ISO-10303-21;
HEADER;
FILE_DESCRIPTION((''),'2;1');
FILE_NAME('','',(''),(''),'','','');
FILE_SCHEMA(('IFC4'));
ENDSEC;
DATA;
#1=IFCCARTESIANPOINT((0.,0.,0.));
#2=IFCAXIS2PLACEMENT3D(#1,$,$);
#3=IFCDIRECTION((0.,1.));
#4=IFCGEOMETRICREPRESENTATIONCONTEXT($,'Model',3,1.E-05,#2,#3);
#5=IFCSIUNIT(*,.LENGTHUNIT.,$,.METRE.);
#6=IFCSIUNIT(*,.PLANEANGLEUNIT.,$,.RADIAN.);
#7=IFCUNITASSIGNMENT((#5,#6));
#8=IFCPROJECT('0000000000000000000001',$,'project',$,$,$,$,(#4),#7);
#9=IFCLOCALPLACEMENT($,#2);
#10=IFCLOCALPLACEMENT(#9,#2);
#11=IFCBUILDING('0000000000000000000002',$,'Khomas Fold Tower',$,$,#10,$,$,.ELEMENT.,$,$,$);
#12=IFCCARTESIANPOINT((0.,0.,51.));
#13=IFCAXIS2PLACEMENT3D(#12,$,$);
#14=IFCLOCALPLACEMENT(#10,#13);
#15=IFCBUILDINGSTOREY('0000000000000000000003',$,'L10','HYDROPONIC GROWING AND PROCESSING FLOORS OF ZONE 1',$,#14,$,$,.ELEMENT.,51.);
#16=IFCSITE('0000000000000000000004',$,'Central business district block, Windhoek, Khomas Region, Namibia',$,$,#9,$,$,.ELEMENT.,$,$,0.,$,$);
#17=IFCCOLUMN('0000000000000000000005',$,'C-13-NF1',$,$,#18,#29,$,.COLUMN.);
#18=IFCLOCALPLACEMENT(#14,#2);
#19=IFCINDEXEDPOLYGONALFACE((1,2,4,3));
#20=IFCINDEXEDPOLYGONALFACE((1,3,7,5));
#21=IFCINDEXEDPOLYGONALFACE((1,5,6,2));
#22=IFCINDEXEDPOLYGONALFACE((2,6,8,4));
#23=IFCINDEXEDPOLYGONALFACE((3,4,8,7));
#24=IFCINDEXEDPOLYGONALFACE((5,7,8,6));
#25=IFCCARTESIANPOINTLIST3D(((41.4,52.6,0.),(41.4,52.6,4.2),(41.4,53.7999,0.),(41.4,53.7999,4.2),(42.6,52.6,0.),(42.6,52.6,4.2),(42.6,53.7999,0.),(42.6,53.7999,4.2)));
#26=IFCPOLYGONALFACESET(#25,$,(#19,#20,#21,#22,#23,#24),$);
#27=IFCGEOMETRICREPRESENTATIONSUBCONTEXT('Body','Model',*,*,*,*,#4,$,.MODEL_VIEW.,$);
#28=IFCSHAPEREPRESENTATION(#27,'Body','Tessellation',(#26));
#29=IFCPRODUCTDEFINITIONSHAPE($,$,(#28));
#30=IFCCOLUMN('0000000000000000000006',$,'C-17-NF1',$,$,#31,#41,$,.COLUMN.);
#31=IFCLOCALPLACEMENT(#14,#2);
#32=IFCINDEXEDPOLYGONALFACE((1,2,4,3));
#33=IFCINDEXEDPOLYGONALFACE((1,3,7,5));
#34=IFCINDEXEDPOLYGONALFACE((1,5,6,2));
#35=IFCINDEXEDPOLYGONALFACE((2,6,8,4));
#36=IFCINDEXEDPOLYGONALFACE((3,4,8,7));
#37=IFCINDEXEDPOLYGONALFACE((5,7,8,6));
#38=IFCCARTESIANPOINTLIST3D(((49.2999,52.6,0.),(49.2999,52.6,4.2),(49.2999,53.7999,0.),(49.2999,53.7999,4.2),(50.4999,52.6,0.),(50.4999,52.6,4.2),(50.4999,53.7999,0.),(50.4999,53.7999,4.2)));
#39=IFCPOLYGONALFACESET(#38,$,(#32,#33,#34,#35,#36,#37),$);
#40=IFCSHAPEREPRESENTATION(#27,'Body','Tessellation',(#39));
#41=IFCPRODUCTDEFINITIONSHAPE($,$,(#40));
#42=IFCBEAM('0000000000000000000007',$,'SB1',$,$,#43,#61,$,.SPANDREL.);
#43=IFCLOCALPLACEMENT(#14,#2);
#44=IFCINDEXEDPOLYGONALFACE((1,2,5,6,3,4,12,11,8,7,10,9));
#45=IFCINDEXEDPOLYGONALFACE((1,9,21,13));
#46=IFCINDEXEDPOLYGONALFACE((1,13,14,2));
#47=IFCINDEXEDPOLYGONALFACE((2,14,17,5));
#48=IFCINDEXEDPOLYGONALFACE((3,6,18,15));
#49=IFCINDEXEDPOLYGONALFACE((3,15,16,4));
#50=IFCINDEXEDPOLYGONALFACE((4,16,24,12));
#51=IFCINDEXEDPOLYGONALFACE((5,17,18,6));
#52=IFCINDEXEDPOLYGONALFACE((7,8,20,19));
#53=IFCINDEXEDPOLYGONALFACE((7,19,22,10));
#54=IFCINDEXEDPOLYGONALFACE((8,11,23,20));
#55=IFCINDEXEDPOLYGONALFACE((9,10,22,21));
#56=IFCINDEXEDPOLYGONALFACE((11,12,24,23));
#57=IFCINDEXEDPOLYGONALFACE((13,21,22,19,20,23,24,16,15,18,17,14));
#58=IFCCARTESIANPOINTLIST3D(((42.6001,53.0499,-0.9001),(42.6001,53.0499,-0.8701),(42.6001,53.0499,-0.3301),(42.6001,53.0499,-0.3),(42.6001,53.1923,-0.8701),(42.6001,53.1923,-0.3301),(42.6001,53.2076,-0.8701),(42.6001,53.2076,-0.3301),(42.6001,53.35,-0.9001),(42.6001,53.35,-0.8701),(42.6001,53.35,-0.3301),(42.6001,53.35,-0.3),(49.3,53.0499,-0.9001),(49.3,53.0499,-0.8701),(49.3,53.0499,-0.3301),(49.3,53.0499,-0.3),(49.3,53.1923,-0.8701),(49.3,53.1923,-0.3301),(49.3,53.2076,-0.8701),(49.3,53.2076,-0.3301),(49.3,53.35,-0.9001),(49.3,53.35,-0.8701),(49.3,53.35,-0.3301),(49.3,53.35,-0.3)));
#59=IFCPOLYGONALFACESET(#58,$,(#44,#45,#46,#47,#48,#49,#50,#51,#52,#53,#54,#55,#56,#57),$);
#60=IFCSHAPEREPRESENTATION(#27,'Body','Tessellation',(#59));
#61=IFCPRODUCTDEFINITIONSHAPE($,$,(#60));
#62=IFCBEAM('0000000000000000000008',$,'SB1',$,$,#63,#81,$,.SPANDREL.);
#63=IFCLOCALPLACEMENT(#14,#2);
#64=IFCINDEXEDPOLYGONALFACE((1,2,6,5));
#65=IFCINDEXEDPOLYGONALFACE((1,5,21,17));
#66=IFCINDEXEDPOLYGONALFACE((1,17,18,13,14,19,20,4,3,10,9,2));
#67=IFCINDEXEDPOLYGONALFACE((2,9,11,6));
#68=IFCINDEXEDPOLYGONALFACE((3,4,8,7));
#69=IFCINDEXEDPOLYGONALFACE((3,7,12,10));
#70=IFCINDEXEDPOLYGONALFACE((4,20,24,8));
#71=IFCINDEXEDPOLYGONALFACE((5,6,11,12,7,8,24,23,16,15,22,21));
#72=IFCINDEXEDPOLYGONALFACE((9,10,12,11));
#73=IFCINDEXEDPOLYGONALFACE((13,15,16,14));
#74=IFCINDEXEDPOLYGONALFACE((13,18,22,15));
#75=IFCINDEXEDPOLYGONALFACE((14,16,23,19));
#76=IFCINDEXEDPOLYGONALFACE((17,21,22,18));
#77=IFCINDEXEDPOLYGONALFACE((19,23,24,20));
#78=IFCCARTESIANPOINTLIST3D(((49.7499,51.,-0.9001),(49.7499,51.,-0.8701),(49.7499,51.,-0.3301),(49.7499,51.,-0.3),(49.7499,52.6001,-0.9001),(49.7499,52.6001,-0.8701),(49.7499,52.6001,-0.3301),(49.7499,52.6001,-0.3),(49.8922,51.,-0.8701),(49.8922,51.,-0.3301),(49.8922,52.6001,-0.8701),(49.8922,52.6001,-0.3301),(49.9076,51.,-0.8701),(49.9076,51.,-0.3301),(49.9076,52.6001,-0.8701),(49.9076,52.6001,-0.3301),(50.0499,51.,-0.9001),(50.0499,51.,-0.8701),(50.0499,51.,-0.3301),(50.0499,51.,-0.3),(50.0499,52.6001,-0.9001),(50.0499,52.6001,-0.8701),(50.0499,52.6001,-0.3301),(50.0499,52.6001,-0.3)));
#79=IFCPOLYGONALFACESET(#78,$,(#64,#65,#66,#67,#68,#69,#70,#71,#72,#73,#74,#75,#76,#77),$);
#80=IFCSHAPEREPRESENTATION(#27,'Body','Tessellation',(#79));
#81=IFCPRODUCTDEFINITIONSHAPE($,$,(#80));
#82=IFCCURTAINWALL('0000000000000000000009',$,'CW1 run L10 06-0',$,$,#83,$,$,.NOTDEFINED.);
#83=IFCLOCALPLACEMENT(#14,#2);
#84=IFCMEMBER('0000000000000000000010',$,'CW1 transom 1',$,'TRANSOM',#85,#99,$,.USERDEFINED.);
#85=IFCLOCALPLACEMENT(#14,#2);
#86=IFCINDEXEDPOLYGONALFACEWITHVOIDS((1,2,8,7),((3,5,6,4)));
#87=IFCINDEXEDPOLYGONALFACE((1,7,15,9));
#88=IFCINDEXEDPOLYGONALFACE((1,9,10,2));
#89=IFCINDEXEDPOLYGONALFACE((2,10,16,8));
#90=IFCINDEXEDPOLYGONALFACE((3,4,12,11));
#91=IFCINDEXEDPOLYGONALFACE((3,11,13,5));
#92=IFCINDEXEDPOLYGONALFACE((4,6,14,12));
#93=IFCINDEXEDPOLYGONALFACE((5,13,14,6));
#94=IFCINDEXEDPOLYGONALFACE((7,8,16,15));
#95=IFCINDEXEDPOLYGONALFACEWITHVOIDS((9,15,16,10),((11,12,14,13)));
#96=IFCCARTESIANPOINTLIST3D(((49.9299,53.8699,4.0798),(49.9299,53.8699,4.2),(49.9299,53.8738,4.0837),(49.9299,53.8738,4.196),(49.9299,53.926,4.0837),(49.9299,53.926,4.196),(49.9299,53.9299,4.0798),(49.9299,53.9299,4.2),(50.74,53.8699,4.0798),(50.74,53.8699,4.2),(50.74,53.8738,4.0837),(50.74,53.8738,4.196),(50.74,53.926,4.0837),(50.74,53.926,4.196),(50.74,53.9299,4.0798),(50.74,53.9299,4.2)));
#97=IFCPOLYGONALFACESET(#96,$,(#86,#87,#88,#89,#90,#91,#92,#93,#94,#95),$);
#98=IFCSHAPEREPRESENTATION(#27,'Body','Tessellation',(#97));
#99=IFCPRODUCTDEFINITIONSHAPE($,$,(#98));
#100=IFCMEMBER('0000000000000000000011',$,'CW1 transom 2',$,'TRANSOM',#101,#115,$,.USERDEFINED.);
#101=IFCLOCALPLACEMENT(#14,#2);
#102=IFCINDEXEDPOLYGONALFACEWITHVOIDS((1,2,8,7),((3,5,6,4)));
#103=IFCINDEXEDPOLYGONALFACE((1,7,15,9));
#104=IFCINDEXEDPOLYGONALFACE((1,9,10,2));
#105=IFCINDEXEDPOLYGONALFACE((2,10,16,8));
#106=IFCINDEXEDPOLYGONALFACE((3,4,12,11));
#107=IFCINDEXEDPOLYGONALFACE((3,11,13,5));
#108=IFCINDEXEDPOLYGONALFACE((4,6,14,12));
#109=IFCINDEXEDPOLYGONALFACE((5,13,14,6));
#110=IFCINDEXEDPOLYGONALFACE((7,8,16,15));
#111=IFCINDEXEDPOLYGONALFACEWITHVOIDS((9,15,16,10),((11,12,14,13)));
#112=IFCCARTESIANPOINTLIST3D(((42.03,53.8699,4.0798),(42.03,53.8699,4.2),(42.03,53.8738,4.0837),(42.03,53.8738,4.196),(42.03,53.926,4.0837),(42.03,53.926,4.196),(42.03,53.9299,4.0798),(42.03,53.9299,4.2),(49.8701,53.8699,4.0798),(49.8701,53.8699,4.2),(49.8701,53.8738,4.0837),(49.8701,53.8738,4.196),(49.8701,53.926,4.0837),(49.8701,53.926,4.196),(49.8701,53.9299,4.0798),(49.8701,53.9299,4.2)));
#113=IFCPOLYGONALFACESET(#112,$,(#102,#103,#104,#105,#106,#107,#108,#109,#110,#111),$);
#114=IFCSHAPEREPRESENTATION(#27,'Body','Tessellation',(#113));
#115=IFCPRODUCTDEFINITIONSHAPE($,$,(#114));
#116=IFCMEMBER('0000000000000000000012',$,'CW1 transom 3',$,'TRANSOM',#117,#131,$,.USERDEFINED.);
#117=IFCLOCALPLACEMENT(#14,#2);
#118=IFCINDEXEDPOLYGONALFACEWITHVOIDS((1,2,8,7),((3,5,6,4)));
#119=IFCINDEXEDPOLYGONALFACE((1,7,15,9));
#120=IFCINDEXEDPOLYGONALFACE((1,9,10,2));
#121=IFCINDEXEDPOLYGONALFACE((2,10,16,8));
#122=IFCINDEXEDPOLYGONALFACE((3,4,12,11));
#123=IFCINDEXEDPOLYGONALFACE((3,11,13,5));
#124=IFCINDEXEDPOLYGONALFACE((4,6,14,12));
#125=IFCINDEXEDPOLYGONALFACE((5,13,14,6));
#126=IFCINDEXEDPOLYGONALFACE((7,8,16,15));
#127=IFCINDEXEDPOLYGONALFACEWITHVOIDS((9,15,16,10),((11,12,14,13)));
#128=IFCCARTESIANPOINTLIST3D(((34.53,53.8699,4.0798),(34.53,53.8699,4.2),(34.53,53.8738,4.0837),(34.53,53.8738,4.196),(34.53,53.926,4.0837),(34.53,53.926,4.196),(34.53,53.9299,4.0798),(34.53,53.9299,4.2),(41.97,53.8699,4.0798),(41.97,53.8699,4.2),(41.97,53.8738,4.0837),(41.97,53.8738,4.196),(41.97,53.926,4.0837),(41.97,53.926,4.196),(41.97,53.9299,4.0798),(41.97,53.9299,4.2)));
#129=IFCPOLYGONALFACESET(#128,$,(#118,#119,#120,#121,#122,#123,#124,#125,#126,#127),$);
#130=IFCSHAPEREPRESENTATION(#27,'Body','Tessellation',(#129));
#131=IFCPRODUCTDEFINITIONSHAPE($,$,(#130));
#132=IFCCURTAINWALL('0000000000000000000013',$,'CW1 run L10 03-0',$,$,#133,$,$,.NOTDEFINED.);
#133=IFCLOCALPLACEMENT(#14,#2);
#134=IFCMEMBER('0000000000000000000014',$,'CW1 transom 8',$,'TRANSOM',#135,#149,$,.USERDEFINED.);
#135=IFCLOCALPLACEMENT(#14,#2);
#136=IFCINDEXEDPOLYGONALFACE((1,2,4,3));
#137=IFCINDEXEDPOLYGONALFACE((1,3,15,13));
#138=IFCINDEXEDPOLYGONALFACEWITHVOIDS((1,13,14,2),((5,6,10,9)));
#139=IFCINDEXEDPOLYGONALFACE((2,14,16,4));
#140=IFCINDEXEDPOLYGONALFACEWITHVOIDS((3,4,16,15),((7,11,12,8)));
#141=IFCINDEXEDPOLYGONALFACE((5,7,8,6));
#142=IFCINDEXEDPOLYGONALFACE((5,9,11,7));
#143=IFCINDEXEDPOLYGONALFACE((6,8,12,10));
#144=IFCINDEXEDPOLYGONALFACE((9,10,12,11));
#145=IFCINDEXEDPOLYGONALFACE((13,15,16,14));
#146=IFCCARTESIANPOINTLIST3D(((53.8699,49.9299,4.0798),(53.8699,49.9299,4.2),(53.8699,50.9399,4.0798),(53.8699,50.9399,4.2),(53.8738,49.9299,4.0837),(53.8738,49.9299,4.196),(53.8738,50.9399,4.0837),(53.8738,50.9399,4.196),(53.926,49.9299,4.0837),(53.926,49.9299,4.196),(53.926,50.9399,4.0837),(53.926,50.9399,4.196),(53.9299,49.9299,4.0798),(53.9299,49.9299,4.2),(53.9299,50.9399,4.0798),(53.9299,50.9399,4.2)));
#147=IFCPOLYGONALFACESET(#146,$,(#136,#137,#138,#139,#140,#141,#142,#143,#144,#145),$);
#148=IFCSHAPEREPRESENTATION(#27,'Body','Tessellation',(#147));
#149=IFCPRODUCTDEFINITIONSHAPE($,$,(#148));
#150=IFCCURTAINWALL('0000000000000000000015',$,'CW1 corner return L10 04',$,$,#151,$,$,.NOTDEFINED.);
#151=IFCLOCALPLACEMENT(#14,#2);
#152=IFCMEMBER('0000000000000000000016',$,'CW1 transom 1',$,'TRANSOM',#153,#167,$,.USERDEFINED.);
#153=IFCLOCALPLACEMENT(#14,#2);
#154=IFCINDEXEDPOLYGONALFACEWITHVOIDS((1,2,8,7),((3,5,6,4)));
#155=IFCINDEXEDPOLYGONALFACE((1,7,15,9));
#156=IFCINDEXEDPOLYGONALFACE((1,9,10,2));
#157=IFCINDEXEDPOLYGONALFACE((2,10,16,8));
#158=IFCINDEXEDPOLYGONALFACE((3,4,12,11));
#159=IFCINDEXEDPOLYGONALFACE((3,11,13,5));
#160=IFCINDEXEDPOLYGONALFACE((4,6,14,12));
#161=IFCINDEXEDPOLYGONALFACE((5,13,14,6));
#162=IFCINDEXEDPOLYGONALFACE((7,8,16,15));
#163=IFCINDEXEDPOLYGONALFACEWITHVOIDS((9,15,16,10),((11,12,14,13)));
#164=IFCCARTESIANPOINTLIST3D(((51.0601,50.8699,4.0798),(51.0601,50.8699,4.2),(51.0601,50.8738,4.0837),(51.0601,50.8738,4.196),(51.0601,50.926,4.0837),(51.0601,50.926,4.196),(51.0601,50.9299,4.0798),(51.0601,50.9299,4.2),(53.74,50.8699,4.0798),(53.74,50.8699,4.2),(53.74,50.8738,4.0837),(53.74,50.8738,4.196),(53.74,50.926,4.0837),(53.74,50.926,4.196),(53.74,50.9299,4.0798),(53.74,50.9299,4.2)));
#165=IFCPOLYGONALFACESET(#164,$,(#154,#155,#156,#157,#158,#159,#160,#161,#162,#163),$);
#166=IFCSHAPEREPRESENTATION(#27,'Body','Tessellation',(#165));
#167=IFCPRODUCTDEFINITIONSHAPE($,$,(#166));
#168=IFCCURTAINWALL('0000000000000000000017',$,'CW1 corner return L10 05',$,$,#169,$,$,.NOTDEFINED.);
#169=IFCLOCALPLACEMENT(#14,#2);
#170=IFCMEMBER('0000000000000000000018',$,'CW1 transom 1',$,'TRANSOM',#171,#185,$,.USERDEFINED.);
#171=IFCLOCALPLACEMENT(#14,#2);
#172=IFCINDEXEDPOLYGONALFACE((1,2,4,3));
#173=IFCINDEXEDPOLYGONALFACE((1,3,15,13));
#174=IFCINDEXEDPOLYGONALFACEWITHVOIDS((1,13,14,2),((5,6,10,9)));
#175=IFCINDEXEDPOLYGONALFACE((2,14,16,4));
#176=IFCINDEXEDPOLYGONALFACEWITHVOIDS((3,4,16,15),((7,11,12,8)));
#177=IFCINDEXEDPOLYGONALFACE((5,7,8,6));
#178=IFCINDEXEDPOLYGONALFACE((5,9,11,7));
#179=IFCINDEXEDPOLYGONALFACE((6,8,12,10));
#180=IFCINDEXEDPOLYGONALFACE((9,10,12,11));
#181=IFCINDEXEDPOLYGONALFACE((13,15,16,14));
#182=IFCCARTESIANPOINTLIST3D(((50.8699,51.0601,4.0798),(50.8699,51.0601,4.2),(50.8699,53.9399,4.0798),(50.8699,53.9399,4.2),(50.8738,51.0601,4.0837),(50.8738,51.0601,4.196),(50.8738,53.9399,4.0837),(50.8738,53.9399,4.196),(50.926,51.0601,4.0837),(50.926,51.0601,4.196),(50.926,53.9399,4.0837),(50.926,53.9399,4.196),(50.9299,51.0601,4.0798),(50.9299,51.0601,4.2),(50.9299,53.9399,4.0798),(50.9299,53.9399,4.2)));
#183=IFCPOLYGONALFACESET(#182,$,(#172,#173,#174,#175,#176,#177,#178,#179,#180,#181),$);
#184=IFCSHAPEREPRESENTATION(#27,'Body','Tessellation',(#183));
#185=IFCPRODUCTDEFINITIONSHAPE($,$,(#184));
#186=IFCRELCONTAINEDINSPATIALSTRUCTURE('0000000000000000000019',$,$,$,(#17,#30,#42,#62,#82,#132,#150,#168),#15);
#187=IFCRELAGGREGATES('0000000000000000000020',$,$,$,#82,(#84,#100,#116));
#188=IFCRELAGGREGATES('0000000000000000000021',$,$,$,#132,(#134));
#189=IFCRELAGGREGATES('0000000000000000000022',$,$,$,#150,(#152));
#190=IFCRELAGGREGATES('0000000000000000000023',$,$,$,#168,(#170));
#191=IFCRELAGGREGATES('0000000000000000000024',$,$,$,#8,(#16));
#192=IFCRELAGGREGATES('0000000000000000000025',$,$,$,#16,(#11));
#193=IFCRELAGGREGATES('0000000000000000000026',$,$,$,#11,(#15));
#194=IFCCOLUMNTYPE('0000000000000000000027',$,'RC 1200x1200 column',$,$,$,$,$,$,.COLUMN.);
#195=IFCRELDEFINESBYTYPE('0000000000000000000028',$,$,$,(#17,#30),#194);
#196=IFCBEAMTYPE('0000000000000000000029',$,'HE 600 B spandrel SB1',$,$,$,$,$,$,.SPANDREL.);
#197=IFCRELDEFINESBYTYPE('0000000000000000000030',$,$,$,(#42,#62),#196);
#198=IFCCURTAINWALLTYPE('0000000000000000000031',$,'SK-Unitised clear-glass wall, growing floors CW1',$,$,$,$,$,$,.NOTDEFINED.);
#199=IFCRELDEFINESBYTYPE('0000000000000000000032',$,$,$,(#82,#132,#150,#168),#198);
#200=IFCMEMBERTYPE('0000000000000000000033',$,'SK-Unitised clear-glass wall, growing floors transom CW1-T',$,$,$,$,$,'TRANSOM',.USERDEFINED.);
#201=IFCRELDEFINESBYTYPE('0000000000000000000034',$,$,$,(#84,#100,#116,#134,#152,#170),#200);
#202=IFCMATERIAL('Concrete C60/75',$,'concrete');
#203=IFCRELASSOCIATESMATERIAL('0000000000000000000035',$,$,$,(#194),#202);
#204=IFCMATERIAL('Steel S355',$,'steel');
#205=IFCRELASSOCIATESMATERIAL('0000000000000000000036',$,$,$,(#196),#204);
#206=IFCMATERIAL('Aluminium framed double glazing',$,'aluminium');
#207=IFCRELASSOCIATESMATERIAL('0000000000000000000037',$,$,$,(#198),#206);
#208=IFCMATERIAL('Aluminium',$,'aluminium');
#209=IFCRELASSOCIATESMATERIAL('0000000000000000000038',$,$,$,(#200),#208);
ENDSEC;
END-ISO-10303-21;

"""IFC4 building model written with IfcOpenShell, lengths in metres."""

from ifc_helpers import new_model, si_unit, direction, frame, origin, origin_2d, place, context, subcontext, project, spatial, rectangle, hollow_rectangle, i_section, extrude, source, transform, mapped, material, material_profile, profile_set, type_object, element, aggregate, save


model = new_model("IFC4")

# Units and contexts
model_context = context("Model", 3, precision=1e-05, world=origin(), true_north=direction((0.0, 1.0)))
body_context = subcontext(model_context, "Body", "Model", "MODEL_VIEW")
ifc_project = project(units=[si_unit("LENGTHUNIT", "METRE"), si_unit("PLANEANGLEUNIT", "RADIAN")], contexts=[model_context])

# Site, building, storey
site_placement = place(None, origin())
site = spatial("IfcSite", under=ifc_project, at=site_placement, Name="Central business district block, Windhoek, Khomas Region, Namibia", CompositionType="ELEMENT", RefElevation=0.0)
building_placement = place(site_placement, origin())
building = spatial("IfcBuilding", under=site, at=building_placement, Name="Khomas Fold Tower", CompositionType="ELEMENT")
storey_placement = place(building_placement, frame((0.0, 0.0, 51.0)))
storey = spatial("IfcBuildingStorey", under=building, at=storey_placement, Name="L10", Description="HYDROPONIC GROWING AND PROCESSING FLOORS OF ZONE 1", CompositionType="ELEMENT", Elevation=51.0)

# Columns
ifc_material_1 = material(Name="Concrete C60/75", Category="concrete")
ifc_material_profile_1 = material_profile(ifc_material_1, rectangle(XDim=1.2, YDim=1.2, at=origin_2d()), Name="RC 1200x1200")
ifc_profile_set_1 = profile_set([ifc_material_profile_1], Name="Concrete C60/75")
column_type = type_object("IfcColumnType", Name="RC 1200x1200 column", PredefinedType="COLUMN", material=ifc_profile_set_1)
shared_shape_1 = source(origin(), body_context, "Body", "SweptSolid", [
    extrude(rectangle(XDim=1.2, YDim=1.2, at=origin_2d()), origin(), (0.0, 0.0, 1.0), 4.2),
])
for number, where, z_axis, x_axis, name in (
    (1, (42.0, 53.2, 0.0), (0.0, 0.0, 1.0), (1.0, 0.0, 0.0), "C-13-NF1"),
    (2, (49.8999, 53.2, 0.0), (0.0, 0.0, 1.0), (1.0, 0.0, 0.0), "C-17-NF1"),
):
    element("IfcColumn", number, at=place(storey_placement, frame(where, z_axis=z_axis, x_axis=x_axis)), inside=storey, type_object=column_type, Name=name, PredefinedType="COLUMN", context=body_context, shape_type="MappedRepresentation", body=[
        mapped(shared_shape_1, transform((0.0, 0.0, 0.0))),
    ])

# Beams
ifc_material_2 = material(Name="Steel S355", Category="steel")
ifc_material_profile_2 = material_profile(ifc_material_2, i_section(OverallWidth=0.3, OverallDepth=0.6001, WebThickness=0.0154, FlangeThickness=0.03, at=origin_2d()), Name="HE 600 B")
ifc_profile_set_2 = profile_set([ifc_material_profile_2], Name="Steel S355")
beam_type = type_object("IfcBeamType", Name="HE 600 B spandrel SB1", PredefinedType="SPANDREL", material=ifc_profile_set_2)
shared_shape_2 = source(origin(), body_context, "Body", "SweptSolid", [
    extrude(i_section(OverallWidth=0.3, OverallDepth=0.6001, WebThickness=0.0154, FlangeThickness=0.03, at=origin_2d()), origin(), (0.0, 0.0, 1.0), 6.7),
])
beam_1_placement = place(storey_placement, frame((42.6001, 53.2, -0.6001), z_axis=(1.0, 0.0, 0.0), x_axis=(0.0, 1.0, 0.0)))
element("IfcBeam", 3, at=beam_1_placement, inside=storey, type_object=beam_type, Name="SB1", PredefinedType="SPANDREL", context=body_context, shape_type="MappedRepresentation", body=[
    mapped(shared_shape_2, transform((0.0, 0.0, 0.0))),
])
shared_shape_3 = source(origin(), body_context, "Body", "SweptSolid", [
    extrude(i_section(OverallWidth=0.3, OverallDepth=0.6001, WebThickness=0.0154, FlangeThickness=0.03, at=origin_2d()), origin(), (0.0, 0.0, 1.0), 1.6001),
])
beam_2_placement = place(storey_placement, frame((49.8999, 51.0, -0.6001), z_axis=(0.0, 1.0, 0.0), x_axis=(-1.0, 0.0, 0.0)))
element("IfcBeam", 4, at=beam_2_placement, inside=storey, type_object=beam_type, Name="SB1", PredefinedType="SPANDREL", context=body_context, shape_type="MappedRepresentation", body=[
    mapped(shared_shape_3, transform((0.0, 0.0, 0.0))),
])

# Curtain wall, members
ifc_material_3 = material(Name="Aluminium framed double glazing", Category="aluminium")
curtain_wall_type = type_object("IfcCurtainWallType", Name="SK-Unitised clear-glass wall, growing floors CW1", PredefinedType="NOTDEFINED", material=ifc_material_3)
curtain_wall_1_placement = place(storey_placement, origin())
curtain_wall_1 = element("IfcCurtainWall", 5, at=curtain_wall_1_placement, inside=storey, type_object=curtain_wall_type, Name="CW1 run L10 06-0", PredefinedType="NOTDEFINED")
ifc_material_4 = material(Name="Aluminium", Category="aluminium")
ifc_material_profile_3 = material_profile(ifc_material_4, hollow_rectangle(XDim=0.0601, YDim=0.1201, WallThickness=0.0039, at=origin_2d()), Name="SK-Unitised clear-glass wall, growing floors transom CW1-T")
ifc_profile_set_3 = profile_set([ifc_material_profile_3], Name="Aluminium")
member_type_1 = type_object("IfcMemberType", Name="SK-Unitised clear-glass wall, growing floors transom CW1-T", ElementType="TRANSOM", PredefinedType="USERDEFINED", material=ifc_profile_set_3)
shared_shape_4 = source(origin(), body_context, "Body", "SweptSolid", [
    extrude(hollow_rectangle(XDim=0.0601, YDim=0.1201, WallThickness=0.0039, at=origin_2d()), origin(), (0.0, 0.0, 1.0), 0.8101),
])
member_1_placement = place(storey_placement, frame((50.74, 53.8999, 4.1399), z_axis=(-1.0, 0.0, 0.0), x_axis=(0.0, -1.0, 0.0)))
member_1 = element("IfcMember", 6, at=member_1_placement, type_object=member_type_1, Name="CW1 transom 1", ObjectType="TRANSOM", PredefinedType="USERDEFINED", context=body_context, shape_type="MappedRepresentation", body=[
    mapped(shared_shape_4, transform((0.0, 0.0, 0.0))),
])
shared_shape_5 = source(origin(), body_context, "Body", "SweptSolid", [
    extrude(hollow_rectangle(XDim=0.0601, YDim=0.1201, WallThickness=0.0039, at=origin_2d()), origin(), (0.0, 0.0, 1.0), 7.8401),
])
member_2_placement = place(storey_placement, frame((49.8701, 53.8999, 4.1399), z_axis=(-1.0, 0.0, 0.0), x_axis=(0.0, -1.0, 0.0)))
member_2 = element("IfcMember", 7, at=member_2_placement, type_object=member_type_1, Name="CW1 transom 2", ObjectType="TRANSOM", PredefinedType="USERDEFINED", context=body_context, shape_type="MappedRepresentation", body=[
    mapped(shared_shape_5, transform((0.0, 0.0, 0.0))),
])
shared_shape_6 = source(origin(), body_context, "Body", "SweptSolid", [
    extrude(hollow_rectangle(XDim=0.0601, YDim=0.1201, WallThickness=0.0039, at=origin_2d()), origin(), (0.0, 0.0, 1.0), 7.4399),
])
member_3_placement = place(storey_placement, frame((41.97, 53.8999, 4.1399), z_axis=(-1.0, 0.0, 0.0), x_axis=(0.0, -1.0, 0.0)))
member_3 = element("IfcMember", 8, at=member_3_placement, type_object=member_type_1, Name="CW1 transom 3", ObjectType="TRANSOM", PredefinedType="USERDEFINED", context=body_context, shape_type="MappedRepresentation", body=[
    mapped(shared_shape_6, transform((0.0, 0.0, 0.0))),
])

# Curtain walls, members
curtain_wall_2_placement = place(storey_placement, origin())
curtain_wall_2 = element("IfcCurtainWall", 9, at=curtain_wall_2_placement, inside=storey, type_object=curtain_wall_type, Name="CW1 run L10 03-0", PredefinedType="NOTDEFINED")
shared_shape_7 = source(origin(), body_context, "Body", "SweptSolid", [
    extrude(hollow_rectangle(XDim=0.0601, YDim=0.1201, WallThickness=0.0039, at=origin_2d()), origin(), (0.0, 0.0, 1.0), 1.01),
])
member_4_placement = place(storey_placement, frame((53.8999, 49.9299, 4.1399), z_axis=(0.0, 1.0, 0.0), x_axis=(-1.0, 0.0, 0.0)))
member_4 = element("IfcMember", 10, at=member_4_placement, type_object=member_type_1, Name="CW1 transom 8", ObjectType="TRANSOM", PredefinedType="USERDEFINED", context=body_context, shape_type="MappedRepresentation", body=[
    mapped(shared_shape_7, transform((0.0, 0.0, 0.0))),
])
curtain_wall_3_placement = place(storey_placement, origin())
curtain_wall_3 = element("IfcCurtainWall", 11, at=curtain_wall_3_placement, inside=storey, type_object=curtain_wall_type, Name="CW1 corner return L10 04", PredefinedType="NOTDEFINED")
shared_shape_8 = source(origin(), body_context, "Body", "SweptSolid", [
    extrude(hollow_rectangle(XDim=0.0601, YDim=0.1201, WallThickness=0.0039, at=origin_2d()), origin(), (0.0, 0.0, 1.0), 2.6799),
])
member_5_placement = place(storey_placement, frame((53.74, 50.8999, 4.1399), z_axis=(-1.0, 0.0, 0.0), x_axis=(0.0, -1.0, 0.0)))
member_5 = element("IfcMember", 12, at=member_5_placement, type_object=member_type_1, Name="CW1 transom 1", ObjectType="TRANSOM", PredefinedType="USERDEFINED", context=body_context, shape_type="MappedRepresentation", body=[
    mapped(shared_shape_8, transform((0.0, 0.0, 0.0))),
])
curtain_wall_4_placement = place(storey_placement, origin())
curtain_wall_4 = element("IfcCurtainWall", 13, at=curtain_wall_4_placement, inside=storey, type_object=curtain_wall_type, Name="CW1 corner return L10 05", PredefinedType="NOTDEFINED")
shared_shape_9 = source(origin(), body_context, "Body", "SweptSolid", [
    extrude(hollow_rectangle(XDim=0.0601, YDim=0.1201, WallThickness=0.0039, at=origin_2d()), origin(), (0.0, 0.0, 1.0), 2.8799),
])
member_6_placement = place(storey_placement, frame((50.8999, 51.0601, 4.1399), z_axis=(0.0, 1.0, 0.0), x_axis=(-1.0, 0.0, 0.0)))
member_6 = element("IfcMember", 14, at=member_6_placement, type_object=member_type_1, Name="CW1 transom 1", ObjectType="TRANSOM", PredefinedType="USERDEFINED", context=body_context, shape_type="MappedRepresentation", body=[
    mapped(shared_shape_9, transform((0.0, 0.0, 0.0))),
])

aggregate(curtain_wall_1, [member_1, member_2, member_3])
aggregate(curtain_wall_2, [member_4])
aggregate(curtain_wall_3, [member_5])
aggregate(curtain_wall_4, [member_6])

save(model, "model.ifc")
